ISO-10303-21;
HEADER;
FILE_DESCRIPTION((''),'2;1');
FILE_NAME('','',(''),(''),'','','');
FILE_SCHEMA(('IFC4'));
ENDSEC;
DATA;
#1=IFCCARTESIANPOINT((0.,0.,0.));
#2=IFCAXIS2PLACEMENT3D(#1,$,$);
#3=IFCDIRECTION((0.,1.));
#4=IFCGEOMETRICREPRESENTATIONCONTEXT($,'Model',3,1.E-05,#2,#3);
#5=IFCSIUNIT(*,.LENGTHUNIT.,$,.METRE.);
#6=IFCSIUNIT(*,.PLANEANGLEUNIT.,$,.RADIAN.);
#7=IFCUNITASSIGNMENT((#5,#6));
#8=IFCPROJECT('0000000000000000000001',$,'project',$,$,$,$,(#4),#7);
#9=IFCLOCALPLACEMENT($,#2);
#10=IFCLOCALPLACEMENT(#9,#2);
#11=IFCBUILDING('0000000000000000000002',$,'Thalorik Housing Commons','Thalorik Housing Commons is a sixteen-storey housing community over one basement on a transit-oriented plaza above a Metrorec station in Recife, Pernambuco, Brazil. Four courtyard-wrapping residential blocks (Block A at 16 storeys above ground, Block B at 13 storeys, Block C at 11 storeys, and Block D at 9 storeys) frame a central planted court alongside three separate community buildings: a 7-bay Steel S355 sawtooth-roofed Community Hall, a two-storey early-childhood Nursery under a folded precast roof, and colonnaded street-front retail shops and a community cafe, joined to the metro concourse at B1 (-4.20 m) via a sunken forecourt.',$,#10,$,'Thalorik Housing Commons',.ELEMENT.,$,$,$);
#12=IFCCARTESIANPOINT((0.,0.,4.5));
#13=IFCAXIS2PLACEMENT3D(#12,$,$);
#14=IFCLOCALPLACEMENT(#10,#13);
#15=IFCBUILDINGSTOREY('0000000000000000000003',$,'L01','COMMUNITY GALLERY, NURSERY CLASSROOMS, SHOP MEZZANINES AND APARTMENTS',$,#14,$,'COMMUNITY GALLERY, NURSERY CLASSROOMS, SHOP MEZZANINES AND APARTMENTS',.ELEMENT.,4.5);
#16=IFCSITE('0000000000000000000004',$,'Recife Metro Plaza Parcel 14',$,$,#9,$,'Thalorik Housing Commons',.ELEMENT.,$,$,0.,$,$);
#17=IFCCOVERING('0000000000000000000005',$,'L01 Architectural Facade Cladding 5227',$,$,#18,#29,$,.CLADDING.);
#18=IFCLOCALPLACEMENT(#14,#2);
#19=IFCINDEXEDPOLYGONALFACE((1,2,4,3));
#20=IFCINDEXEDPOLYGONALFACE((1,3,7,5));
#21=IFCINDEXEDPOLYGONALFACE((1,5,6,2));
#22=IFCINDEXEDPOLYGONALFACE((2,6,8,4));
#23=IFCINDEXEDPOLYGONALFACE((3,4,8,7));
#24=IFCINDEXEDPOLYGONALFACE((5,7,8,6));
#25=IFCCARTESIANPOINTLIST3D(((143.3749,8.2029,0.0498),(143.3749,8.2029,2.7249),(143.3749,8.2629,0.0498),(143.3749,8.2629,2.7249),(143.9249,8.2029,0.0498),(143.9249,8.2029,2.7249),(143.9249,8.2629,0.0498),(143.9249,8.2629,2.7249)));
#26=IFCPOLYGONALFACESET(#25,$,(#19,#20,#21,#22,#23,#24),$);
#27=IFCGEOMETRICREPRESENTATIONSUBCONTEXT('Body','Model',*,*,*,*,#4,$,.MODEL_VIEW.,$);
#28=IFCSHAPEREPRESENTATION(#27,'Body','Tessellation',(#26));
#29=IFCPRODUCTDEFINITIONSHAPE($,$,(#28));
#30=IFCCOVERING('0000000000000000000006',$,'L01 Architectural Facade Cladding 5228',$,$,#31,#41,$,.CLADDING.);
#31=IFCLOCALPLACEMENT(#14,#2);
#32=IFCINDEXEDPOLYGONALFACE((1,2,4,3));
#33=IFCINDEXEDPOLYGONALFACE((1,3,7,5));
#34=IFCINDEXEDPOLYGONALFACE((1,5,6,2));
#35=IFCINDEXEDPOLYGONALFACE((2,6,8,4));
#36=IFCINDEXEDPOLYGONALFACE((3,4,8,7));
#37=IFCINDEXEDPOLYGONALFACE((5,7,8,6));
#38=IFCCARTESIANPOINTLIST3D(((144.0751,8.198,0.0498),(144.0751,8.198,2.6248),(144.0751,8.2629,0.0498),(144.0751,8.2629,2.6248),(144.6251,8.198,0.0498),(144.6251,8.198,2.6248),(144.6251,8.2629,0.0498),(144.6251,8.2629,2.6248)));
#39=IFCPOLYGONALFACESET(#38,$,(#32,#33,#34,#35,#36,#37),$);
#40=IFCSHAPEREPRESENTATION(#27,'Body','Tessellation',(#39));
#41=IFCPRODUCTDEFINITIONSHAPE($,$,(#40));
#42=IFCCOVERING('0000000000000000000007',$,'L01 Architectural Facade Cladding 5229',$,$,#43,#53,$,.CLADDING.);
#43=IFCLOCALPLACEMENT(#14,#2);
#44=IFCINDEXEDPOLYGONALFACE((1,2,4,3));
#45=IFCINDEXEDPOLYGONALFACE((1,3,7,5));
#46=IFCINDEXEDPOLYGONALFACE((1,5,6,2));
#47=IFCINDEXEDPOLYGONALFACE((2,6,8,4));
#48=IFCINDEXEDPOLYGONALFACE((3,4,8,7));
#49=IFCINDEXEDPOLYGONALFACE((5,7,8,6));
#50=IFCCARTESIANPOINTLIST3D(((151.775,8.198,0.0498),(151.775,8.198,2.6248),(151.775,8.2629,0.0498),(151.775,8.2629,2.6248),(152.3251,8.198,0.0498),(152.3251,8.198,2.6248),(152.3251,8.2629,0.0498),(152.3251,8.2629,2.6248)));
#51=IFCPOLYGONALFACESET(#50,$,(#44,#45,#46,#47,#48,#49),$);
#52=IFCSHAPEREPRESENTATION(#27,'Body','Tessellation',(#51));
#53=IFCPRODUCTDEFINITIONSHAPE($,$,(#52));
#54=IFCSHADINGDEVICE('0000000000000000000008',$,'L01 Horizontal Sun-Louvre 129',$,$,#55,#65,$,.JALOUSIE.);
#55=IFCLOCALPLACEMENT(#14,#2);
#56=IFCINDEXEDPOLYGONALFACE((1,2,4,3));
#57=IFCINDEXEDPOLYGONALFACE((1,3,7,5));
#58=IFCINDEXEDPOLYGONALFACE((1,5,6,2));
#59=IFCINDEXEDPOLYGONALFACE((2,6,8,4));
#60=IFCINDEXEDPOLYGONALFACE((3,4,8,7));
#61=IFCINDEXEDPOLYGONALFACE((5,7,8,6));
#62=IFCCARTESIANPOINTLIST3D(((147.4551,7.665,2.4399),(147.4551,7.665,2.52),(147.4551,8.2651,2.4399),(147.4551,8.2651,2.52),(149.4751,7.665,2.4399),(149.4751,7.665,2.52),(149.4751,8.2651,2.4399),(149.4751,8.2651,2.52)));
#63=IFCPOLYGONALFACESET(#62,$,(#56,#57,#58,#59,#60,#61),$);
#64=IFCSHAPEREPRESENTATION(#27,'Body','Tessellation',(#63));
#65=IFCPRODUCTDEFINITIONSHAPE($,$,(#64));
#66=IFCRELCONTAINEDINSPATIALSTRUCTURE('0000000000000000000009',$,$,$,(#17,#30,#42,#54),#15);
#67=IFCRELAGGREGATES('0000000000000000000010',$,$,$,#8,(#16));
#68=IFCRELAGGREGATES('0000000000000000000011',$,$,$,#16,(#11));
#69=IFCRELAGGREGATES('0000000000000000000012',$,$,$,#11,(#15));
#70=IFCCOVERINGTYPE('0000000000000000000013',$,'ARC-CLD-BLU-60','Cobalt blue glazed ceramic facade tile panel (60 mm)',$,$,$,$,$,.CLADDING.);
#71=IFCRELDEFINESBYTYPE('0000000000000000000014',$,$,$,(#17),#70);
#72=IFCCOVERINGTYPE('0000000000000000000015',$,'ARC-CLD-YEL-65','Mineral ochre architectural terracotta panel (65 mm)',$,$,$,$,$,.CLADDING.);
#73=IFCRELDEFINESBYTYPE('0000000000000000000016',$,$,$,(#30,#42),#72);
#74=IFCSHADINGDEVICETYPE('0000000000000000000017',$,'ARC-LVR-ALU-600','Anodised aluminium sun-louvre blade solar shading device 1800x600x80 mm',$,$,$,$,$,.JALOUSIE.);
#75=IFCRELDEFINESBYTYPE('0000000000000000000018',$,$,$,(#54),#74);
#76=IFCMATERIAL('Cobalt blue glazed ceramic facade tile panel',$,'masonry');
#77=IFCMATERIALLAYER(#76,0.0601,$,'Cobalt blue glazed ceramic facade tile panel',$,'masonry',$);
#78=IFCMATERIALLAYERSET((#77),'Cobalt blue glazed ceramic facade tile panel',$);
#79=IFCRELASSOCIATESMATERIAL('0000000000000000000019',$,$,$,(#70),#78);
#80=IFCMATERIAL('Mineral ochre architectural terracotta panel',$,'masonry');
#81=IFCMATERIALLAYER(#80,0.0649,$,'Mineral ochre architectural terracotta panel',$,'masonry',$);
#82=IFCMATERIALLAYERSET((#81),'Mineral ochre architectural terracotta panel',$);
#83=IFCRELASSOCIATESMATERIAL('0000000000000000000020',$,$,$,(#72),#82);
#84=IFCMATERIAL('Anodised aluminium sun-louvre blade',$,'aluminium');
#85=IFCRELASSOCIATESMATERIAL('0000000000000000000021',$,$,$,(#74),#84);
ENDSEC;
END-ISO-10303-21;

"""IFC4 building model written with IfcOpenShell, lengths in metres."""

from ifc_helpers import new_model, si_unit, direction, frame, origin, origin_2d, place, context, subcontext, project, spatial, rectangle, extrude, material, layer, layer_set, type_object, element, save


model = new_model("IFC4")

# Units and contexts
model_context = context("Model", 3, precision=1e-05, world=origin(), true_north=direction((0.0, 1.0)))
body_context = subcontext(model_context, "Body", "Model", "MODEL_VIEW")
ifc_project = project(units=[si_unit("LENGTHUNIT", "METRE"), si_unit("PLANEANGLEUNIT", "RADIAN")], contexts=[model_context])

# Site, building, storey
site_placement = place(None, origin())
site = spatial("IfcSite", under=ifc_project, at=site_placement, Name="Recife Metro Plaza Parcel 14", LongName="Thalorik Housing Commons", CompositionType="ELEMENT", RefElevation=0.0)
building_placement = place(site_placement, origin())
building = spatial("IfcBuilding", under=site, at=building_placement, Name="Thalorik Housing Commons", Description="Thalorik Housing Commons is a sixteen-storey housing community over one basement on a transit-oriented plaza above a Metrorec station in Recife, Pernambuco, Brazil. Four courtyard-wrapping residential blocks (Block A at 16 storeys above ground, Block B at 13 storeys, Block C at 11 storeys, and Block D at 9 storeys) frame a central planted court alongside three separate community buildings: a 7-bay Steel S355 sawtooth-roofed Community Hall, a two-storey early-childhood Nursery under a folded precast roof, and colonnaded street-front retail shops and a community cafe, joined to the metro concourse at B1 (-4.20 m) via a sunken forecourt.", LongName="Thalorik Housing Commons", CompositionType="ELEMENT")
storey_placement = place(building_placement, frame((0.0, 0.0, 4.5)))
storey = spatial("IfcBuildingStorey", under=building, at=storey_placement, Name="L01", Description="COMMUNITY GALLERY, NURSERY CLASSROOMS, SHOP MEZZANINES AND APARTMENTS", LongName="COMMUNITY GALLERY, NURSERY CLASSROOMS, SHOP MEZZANINES AND APARTMENTS", CompositionType="ELEMENT", Elevation=4.5)

# Coverings
ifc_material_1 = material(Name="Cobalt blue glazed ceramic facade tile panel", Category="masonry")
ifc_layer_1 = layer(ifc_material_1, 0.0601, Name="Cobalt blue glazed ceramic facade tile panel", Category="masonry")
ifc_layer_set_1 = layer_set([ifc_layer_1], Name="Cobalt blue glazed ceramic facade tile panel")
covering_type_1 = type_object("IfcCoveringType", Name="ARC-CLD-BLU-60", Description="Cobalt blue glazed ceramic facade tile panel (60 mm)", PredefinedType="CLADDING", material=ifc_layer_set_1)
covering_placement = place(storey_placement, frame((143.6499, 8.2329, 0.0498), z_axis=(0.0, 0.0, 1.0), x_axis=(1.0, 0.0, 0.0)))
element("IfcCovering", 1, at=covering_placement, inside=storey, type_object=covering_type_1, Name="L01 Architectural Facade Cladding 5227", PredefinedType="CLADDING", context=body_context, shape_type="SweptSolid", body=[
    extrude(rectangle(XDim=0.55, YDim=0.0601, at=origin_2d()), origin(), (0.0, 0.0, 1.0), 2.675),
])
ifc_material_2 = material(Name="Mineral ochre architectural terracotta panel", Category="masonry")
ifc_layer_2 = layer(ifc_material_2, 0.0649, Name="Mineral ochre architectural terracotta panel", Category="masonry")
ifc_layer_set_2 = layer_set([ifc_layer_2], Name="Mineral ochre architectural terracotta panel")
covering_type_2 = type_object("IfcCoveringType", Name="ARC-CLD-YEL-65", Description="Mineral ochre architectural terracotta panel (65 mm)", PredefinedType="CLADDING", material=ifc_layer_set_2)
for number, where, z_axis, x_axis, name in (
    (2, (144.3501, 8.2305, 0.0498), (0.0, 0.0, 1.0), (1.0, 0.0, 0.0), "L01 Architectural Facade Cladding 5228"),
    (3, (152.05, 8.2305, 0.0498), (0.0, 0.0, 1.0), (1.0, 0.0, 0.0), "L01 Architectural Facade Cladding 5229"),
):
    element("IfcCovering", number, at=place(storey_placement, frame(where, z_axis=z_axis, x_axis=x_axis)), inside=storey, type_object=covering_type_2, Name=name, PredefinedType="CLADDING", context=body_context, shape_type="SweptSolid", body=[
        extrude(rectangle(XDim=0.55, YDim=0.0649, at=origin_2d()), origin(), (0.0, 0.0, 1.0), 2.575),
    ])

# Shading device
ifc_material_3 = material(Name="Anodised aluminium sun-louvre blade", Category="aluminium")
shading_device_type = type_object("IfcShadingDeviceType", Name="ARC-LVR-ALU-600", Description="Anodised aluminium sun-louvre blade solar shading device 1800x600x80 mm", PredefinedType="JALOUSIE", material=ifc_material_3)
shading_device_placement = place(storey_placement, frame((148.4651, 7.9651, 2.4399), z_axis=(0.0, 0.0, 1.0), x_axis=(1.0, 0.0, 0.0)))
element("IfcShadingDevice", 4, at=shading_device_placement, inside=storey, type_object=shading_device_type, Name="L01 Horizontal Sun-Louvre 129", PredefinedType="JALOUSIE", context=body_context, shape_type="SweptSolid", body=[
    extrude(rectangle(XDim=2.02, YDim=0.6001, at=origin_2d()), origin(), (0.0, 0.0, 1.0), 0.0801),
])

save(model, "model.ifc")
